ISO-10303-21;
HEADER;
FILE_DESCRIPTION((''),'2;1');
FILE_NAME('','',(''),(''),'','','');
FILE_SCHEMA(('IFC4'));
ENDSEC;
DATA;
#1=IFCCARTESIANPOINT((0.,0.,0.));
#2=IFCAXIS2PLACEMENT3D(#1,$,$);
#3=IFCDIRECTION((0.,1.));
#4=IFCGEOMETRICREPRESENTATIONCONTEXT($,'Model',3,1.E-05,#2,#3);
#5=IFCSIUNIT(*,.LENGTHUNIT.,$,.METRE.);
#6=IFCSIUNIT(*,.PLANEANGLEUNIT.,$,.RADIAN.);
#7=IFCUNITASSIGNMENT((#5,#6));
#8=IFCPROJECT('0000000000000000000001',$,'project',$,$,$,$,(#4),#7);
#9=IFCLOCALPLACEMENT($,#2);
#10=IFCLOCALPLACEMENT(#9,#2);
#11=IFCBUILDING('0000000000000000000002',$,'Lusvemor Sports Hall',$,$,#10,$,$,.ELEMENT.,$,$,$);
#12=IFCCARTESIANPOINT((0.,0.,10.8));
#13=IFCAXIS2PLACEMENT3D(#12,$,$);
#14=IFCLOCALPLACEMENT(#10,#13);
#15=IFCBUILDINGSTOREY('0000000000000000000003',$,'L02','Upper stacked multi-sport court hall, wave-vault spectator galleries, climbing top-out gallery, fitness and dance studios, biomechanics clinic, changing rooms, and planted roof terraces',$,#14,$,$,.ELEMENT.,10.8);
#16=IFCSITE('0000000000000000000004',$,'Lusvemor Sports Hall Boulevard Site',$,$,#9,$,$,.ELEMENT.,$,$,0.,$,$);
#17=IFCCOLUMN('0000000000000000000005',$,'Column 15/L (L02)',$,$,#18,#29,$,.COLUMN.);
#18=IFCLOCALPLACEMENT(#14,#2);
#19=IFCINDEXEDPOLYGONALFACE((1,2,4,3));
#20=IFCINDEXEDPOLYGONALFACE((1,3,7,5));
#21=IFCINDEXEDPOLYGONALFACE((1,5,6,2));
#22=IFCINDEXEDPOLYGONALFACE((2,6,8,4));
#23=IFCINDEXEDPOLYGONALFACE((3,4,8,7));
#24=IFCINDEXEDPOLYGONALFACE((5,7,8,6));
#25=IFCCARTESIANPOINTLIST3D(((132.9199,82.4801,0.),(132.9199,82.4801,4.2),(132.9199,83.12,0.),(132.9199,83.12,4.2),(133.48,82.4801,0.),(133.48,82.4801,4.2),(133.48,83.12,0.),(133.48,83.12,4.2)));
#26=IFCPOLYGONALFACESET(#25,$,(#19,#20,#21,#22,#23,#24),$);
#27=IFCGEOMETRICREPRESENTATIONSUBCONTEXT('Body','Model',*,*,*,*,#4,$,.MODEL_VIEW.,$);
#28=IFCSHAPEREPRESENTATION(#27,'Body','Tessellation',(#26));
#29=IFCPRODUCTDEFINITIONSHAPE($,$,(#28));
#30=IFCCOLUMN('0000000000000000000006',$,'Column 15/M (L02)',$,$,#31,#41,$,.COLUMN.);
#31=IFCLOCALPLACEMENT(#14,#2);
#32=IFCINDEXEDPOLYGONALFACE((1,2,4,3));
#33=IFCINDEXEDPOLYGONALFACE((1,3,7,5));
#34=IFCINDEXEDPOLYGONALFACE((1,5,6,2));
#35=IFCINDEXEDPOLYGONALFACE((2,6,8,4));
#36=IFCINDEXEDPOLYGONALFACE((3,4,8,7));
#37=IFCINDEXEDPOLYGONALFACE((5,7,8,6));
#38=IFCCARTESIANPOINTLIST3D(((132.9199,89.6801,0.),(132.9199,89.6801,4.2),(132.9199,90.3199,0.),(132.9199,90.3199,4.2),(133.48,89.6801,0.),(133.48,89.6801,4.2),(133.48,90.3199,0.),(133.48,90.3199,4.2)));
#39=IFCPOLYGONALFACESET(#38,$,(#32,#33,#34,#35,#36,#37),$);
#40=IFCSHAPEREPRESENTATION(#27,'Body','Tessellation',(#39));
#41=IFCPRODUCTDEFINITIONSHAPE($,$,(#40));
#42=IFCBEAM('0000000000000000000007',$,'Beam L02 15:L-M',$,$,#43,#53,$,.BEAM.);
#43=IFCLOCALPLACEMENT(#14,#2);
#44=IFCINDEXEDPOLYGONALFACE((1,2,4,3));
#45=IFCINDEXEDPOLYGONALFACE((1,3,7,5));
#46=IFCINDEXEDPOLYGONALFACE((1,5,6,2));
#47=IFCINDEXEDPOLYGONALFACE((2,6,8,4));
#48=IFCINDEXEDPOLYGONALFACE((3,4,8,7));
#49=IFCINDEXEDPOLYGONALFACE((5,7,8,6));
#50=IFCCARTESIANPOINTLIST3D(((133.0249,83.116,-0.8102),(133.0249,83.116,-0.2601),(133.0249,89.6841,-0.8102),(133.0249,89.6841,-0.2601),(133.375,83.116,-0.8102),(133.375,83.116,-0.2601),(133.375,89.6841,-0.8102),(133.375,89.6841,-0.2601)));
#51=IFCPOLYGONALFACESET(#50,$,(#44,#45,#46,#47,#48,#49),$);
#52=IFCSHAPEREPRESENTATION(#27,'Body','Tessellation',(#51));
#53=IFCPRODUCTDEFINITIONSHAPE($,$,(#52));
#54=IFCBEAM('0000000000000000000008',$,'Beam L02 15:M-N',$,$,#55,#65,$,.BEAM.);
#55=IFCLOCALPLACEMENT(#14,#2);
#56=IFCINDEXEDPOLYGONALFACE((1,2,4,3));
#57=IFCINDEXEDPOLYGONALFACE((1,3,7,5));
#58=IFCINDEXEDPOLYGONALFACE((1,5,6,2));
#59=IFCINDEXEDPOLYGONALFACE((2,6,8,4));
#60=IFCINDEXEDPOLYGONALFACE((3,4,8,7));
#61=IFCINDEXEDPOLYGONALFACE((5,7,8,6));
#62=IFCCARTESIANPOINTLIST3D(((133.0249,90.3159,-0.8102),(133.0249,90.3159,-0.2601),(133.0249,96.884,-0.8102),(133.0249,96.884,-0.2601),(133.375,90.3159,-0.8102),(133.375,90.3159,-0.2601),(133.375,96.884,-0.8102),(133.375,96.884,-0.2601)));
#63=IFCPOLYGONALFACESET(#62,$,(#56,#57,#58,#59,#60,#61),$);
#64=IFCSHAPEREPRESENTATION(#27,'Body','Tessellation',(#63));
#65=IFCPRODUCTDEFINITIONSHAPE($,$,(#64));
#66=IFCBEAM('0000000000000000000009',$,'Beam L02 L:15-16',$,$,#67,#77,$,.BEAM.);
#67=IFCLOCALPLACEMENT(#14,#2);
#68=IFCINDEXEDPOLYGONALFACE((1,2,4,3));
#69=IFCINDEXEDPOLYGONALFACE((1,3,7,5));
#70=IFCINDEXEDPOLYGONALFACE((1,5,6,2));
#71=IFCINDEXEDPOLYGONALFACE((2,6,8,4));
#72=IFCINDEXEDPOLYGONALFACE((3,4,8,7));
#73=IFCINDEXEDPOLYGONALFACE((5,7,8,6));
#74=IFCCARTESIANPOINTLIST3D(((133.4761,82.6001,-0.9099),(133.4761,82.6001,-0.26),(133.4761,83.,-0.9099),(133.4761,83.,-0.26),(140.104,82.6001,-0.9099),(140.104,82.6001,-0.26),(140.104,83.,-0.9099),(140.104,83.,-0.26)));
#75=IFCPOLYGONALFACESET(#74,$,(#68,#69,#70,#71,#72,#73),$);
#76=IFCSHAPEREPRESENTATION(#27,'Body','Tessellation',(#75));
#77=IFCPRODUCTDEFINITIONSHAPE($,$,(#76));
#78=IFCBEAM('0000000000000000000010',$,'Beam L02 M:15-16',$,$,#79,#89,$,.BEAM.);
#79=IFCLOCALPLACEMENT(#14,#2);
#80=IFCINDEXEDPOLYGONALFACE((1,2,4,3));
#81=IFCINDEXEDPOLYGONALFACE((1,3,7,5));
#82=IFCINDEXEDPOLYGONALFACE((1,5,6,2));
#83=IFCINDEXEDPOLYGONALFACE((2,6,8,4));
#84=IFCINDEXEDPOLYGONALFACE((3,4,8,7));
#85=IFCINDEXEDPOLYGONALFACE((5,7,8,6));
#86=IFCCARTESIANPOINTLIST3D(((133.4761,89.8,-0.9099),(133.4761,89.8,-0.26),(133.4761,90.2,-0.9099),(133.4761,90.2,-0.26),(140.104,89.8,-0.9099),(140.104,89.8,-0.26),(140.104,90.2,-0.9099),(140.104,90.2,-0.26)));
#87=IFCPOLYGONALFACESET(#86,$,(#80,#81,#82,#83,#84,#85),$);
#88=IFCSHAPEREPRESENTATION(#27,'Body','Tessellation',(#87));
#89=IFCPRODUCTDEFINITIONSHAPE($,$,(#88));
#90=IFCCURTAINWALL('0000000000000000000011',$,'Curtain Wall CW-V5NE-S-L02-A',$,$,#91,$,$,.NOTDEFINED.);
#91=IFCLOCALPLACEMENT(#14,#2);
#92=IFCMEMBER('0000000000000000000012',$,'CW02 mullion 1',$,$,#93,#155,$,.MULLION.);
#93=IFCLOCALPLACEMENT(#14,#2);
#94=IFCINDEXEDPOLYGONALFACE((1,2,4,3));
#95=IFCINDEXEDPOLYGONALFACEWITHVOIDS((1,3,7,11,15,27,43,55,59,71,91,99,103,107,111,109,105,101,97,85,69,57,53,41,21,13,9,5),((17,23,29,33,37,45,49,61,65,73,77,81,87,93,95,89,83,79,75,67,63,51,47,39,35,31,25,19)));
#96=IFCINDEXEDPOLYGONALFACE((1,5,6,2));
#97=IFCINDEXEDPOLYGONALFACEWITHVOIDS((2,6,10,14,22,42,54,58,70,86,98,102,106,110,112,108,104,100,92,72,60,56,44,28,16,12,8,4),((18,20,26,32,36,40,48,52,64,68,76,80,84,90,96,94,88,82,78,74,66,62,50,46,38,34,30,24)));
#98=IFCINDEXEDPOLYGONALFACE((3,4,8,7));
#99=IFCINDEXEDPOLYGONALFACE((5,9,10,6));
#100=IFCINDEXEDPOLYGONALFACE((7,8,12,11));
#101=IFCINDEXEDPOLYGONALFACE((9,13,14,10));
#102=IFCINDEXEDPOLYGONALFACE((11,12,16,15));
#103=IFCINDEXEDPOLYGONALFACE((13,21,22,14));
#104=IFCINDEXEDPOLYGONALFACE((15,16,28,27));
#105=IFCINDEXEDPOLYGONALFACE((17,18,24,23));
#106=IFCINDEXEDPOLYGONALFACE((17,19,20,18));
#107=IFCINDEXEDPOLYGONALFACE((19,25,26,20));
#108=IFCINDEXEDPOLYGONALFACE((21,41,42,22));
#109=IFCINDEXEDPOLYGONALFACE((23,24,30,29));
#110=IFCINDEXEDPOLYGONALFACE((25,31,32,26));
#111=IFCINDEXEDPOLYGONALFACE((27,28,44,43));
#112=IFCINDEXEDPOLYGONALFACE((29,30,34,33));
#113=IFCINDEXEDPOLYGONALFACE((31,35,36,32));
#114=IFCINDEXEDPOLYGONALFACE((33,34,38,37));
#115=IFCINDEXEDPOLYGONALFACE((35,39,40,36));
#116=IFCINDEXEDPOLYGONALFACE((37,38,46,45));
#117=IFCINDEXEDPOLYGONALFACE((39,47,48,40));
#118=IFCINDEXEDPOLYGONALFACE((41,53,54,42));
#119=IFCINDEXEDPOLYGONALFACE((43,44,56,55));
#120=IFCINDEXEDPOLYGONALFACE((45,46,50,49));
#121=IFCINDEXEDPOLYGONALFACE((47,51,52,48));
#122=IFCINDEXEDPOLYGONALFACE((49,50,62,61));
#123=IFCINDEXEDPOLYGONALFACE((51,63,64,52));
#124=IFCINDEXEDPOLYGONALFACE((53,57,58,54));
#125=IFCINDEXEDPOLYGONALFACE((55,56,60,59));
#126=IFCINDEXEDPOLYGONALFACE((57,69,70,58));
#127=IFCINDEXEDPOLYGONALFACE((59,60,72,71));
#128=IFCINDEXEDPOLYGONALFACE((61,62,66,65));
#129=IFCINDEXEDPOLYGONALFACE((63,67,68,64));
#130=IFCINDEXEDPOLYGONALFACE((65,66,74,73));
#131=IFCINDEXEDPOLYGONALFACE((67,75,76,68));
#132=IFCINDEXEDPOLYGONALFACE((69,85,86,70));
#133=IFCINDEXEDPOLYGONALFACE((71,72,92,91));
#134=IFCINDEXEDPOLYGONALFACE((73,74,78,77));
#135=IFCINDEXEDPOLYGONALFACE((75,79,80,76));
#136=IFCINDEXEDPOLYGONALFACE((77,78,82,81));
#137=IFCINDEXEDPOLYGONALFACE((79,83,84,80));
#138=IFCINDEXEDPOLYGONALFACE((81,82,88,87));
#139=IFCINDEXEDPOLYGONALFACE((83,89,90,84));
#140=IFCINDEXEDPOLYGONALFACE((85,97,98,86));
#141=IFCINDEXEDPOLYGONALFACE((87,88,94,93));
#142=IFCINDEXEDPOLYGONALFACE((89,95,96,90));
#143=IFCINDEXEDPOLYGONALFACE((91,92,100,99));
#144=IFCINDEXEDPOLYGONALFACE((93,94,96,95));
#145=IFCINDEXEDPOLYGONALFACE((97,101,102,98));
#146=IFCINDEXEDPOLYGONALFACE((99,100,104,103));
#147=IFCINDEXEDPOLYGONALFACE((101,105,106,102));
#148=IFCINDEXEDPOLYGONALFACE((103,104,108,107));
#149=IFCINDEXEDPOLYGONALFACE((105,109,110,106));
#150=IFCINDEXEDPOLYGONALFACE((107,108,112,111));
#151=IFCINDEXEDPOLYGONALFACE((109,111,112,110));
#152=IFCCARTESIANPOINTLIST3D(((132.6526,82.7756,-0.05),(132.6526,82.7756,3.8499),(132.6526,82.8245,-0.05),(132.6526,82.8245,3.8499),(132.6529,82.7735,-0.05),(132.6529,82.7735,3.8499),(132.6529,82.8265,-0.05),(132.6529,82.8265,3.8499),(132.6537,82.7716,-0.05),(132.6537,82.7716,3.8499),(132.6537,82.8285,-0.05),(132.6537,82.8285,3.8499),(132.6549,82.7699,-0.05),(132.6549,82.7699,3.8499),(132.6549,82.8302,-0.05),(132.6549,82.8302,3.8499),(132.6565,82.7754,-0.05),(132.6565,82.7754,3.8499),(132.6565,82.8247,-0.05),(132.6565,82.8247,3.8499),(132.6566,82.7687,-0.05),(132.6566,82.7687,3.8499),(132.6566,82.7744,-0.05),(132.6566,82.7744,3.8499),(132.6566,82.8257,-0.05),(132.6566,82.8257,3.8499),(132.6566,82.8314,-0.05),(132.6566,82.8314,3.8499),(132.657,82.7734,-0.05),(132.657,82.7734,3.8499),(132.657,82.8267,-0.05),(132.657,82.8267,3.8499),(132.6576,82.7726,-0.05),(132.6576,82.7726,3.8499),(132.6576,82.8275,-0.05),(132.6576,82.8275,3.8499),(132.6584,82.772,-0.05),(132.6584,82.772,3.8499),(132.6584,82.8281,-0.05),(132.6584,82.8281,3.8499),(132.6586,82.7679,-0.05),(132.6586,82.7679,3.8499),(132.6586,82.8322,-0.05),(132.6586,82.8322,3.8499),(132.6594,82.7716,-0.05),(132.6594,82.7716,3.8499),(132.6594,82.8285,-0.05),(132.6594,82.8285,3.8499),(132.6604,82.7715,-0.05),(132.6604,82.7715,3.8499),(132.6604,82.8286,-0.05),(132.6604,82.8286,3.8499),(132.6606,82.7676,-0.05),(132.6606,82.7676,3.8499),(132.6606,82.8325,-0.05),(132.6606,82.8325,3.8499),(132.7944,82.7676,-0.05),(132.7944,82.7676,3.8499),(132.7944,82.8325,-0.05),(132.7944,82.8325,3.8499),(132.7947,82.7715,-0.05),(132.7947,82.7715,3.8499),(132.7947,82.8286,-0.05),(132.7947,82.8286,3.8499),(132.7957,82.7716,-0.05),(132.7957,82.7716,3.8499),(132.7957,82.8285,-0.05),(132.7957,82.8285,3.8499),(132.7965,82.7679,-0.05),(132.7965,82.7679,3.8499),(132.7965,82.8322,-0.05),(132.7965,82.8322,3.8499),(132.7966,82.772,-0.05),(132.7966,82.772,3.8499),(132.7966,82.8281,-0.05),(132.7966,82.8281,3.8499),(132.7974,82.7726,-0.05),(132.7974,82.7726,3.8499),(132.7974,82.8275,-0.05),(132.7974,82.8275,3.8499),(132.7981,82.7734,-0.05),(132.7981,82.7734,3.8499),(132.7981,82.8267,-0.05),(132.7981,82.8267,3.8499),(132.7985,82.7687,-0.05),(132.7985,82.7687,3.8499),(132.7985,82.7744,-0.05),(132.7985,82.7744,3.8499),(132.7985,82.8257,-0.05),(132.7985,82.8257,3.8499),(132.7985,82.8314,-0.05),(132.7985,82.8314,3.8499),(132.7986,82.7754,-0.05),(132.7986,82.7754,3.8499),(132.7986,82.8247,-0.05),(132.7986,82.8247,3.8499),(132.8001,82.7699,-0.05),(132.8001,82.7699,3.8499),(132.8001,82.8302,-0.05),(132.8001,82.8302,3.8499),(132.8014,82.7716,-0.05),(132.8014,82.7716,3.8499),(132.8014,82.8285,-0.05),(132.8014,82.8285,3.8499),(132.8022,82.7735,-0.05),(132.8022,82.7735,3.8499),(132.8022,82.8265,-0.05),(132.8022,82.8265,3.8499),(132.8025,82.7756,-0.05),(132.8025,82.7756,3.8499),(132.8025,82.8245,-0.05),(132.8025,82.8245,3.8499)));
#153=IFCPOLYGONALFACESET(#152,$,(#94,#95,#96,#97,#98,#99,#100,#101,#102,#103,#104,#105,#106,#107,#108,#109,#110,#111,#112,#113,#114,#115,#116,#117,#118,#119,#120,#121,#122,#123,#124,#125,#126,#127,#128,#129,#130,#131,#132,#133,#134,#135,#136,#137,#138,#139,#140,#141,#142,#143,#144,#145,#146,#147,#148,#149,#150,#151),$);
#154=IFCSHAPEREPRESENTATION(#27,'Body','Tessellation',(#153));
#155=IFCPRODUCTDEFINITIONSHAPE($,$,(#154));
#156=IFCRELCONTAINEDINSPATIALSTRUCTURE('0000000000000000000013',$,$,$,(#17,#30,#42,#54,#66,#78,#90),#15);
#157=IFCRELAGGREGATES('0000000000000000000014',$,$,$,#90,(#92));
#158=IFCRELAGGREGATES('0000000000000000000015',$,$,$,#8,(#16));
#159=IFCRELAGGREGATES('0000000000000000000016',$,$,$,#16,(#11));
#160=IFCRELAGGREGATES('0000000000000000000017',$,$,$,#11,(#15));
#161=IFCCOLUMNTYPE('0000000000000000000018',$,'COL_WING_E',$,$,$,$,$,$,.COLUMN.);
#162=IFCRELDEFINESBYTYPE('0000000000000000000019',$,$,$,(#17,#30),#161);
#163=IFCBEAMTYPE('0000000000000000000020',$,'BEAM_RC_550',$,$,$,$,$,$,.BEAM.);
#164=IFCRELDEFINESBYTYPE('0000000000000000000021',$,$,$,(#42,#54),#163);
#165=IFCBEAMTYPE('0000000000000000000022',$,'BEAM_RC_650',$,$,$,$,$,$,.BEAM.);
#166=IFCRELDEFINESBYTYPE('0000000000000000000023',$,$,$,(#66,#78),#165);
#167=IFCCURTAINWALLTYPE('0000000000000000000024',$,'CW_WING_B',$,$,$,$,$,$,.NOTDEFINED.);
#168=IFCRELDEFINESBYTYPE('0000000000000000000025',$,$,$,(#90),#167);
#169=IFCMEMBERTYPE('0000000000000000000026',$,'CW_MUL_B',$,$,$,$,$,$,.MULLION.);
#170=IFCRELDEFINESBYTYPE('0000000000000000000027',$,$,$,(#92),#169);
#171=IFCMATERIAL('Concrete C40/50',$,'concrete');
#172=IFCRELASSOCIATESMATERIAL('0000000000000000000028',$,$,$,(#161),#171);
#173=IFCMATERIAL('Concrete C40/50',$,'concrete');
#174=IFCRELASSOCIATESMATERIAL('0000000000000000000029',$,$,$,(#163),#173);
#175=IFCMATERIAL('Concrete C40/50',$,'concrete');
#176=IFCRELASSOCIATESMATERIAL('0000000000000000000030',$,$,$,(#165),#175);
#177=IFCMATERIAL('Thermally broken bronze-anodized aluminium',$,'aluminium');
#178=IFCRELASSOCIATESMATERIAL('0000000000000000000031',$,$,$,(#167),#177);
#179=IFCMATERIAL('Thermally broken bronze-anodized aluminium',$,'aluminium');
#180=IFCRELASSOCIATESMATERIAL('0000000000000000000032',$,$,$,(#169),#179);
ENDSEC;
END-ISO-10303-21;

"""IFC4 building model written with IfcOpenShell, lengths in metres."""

from ifc_helpers import new_model, si_unit, direction, frame, origin, origin_2d, place, context, subcontext, project, spatial, rectangle, hollow_rectangle, extrude, material, material_profile, profile_set, type_object, element, aggregate, save


model = new_model("IFC4")

# Units and contexts
model_context = context("Model", 3, precision=1e-05, world=origin(), true_north=direction((0.0, 1.0)))
body_context = subcontext(model_context, "Body", "Model", "MODEL_VIEW")
ifc_project = project(units=[si_unit("LENGTHUNIT", "METRE"), si_unit("PLANEANGLEUNIT", "RADIAN")], contexts=[model_context])

# Site, building, storey
site_placement = place(None, origin())
site = spatial("IfcSite", under=ifc_project, at=site_placement, Name="Lusvemor Sports Hall Boulevard Site", CompositionType="ELEMENT", RefElevation=0.0)
building_placement = place(site_placement, origin())
building = spatial("IfcBuilding", under=site, at=building_placement, Name="Lusvemor Sports Hall", CompositionType="ELEMENT")
storey_placement = place(building_placement, frame((0.0, 0.0, 10.8)))
storey = spatial("IfcBuildingStorey", under=building, at=storey_placement, Name="L02", Description="Upper stacked multi-sport court hall, wave-vault spectator galleries, climbing top-out gallery, fitness and dance studios, biomechanics clinic, changing rooms, and planted roof terraces", CompositionType="ELEMENT", Elevation=10.8)

# Columns
ifc_material_1 = material(Name="Concrete C40/50", Category="concrete")
ifc_material_profile_1 = material_profile(ifc_material_1, rectangle(XDim=0.5601, YDim=0.6399, at=origin_2d()), Name="RC560x640")
ifc_profile_set_1 = profile_set([ifc_material_profile_1], Name="Concrete C40/50")
column_type = type_object("IfcColumnType", Name="COL_WING_E", PredefinedType="COLUMN", material=ifc_profile_set_1)
for number, where, z_axis, x_axis, name in (
    (1, (133.2, 82.8, 0.0), (0.0, 0.0, 1.0), (1.0, 0.0, 0.0), "Column 15/L (L02)"),
    (2, (133.2, 90.0, 0.0), (0.0, 0.0, 1.0), (1.0, 0.0, 0.0), "Column 15/M (L02)"),
):
    element("IfcColumn", number, at=place(storey_placement, frame(where, z_axis=z_axis, x_axis=x_axis)), inside=storey, type_object=column_type, Name=name, PredefinedType="COLUMN", context=body_context, shape_type="SweptSolid", body=[
        extrude(rectangle(XDim=0.5601, YDim=0.6399, at=origin_2d()), origin(), (0.0, 0.0, 1.0), 4.2),
    ])

# Beams
ifc_material_2 = material(Name="Concrete C40/50", Category="concrete")
ifc_material_profile_2 = material_profile(ifc_material_2, rectangle(XDim=0.3501, YDim=0.55, at=origin_2d()), Name="RC350x550")
ifc_profile_set_2 = profile_set([ifc_material_profile_2], Name="Concrete C40/50")
beam_type_1 = type_object("IfcBeamType", Name="BEAM_RC_550", PredefinedType="BEAM", material=ifc_profile_set_2)
for number, where, z_axis, x_axis, name in (
    (3, (133.2, 83.116, -0.5352), (0.0, 1.0, 0.0), (-1.0, 0.0, 0.0), "Beam L02 15:L-M"),
    (4, (133.2, 90.3159, -0.5352), (0.0, 1.0, 0.0), (-1.0, 0.0, 0.0), "Beam L02 15:M-N"),
):
    element("IfcBeam", number, at=place(storey_placement, frame(where, z_axis=z_axis, x_axis=x_axis)), inside=storey, type_object=beam_type_1, Name=name, PredefinedType="BEAM", context=body_context, shape_type="SweptSolid", body=[
        extrude(rectangle(XDim=0.3501, YDim=0.55, at=origin_2d()), origin(), (0.0, 0.0, 1.0), 6.5681),
    ])
ifc_material_3 = material(Name="Concrete C40/50", Category="concrete")
ifc_material_profile_3 = material_profile(ifc_material_3, rectangle(XDim=0.3999, YDim=0.6499, at=origin_2d()), Name="RC400x650")
ifc_profile_set_3 = profile_set([ifc_material_profile_3], Name="Concrete C40/50")
beam_type_2 = type_object("IfcBeamType", Name="BEAM_RC_650", PredefinedType="BEAM", material=ifc_profile_set_3)
for number, where, z_axis, x_axis, name in (
    (5, (133.4761, 82.8, -0.585), (1.0, 0.0, 0.0), (0.0, 1.0, 0.0), "Beam L02 L:15-16"),
    (6, (133.4761, 90.0, -0.585), (1.0, 0.0, 0.0), (0.0, 1.0, 0.0), "Beam L02 M:15-16"),
):
    element("IfcBeam", number, at=place(storey_placement, frame(where, z_axis=z_axis, x_axis=x_axis)), inside=storey, type_object=beam_type_2, Name=name, PredefinedType="BEAM", context=body_context, shape_type="SweptSolid", body=[
        extrude(rectangle(XDim=0.3999, YDim=0.6499, at=origin_2d()), origin(), (0.0, 0.0, 1.0), 6.6279),
    ])

# Curtain wall, member
ifc_material_4 = material(Name="Thermally broken bronze-anodized aluminium", Category="aluminium")
curtain_wall_type = type_object("IfcCurtainWallType", Name="CW_WING_B", PredefinedType="NOTDEFINED", material=ifc_material_4)
curtain_wall_placement = place(storey_placement, origin())
curtain_wall = element("IfcCurtainWall", 7, at=curtain_wall_placement, inside=storey, type_object=curtain_wall_type, Name="Curtain Wall CW-V5NE-S-L02-A", PredefinedType="NOTDEFINED")
ifc_material_5 = material(Name="Thermally broken bronze-anodized aluminium", Category="aluminium")
ifc_material_profile_4 = material_profile(ifc_material_5, hollow_rectangle(XDim=0.0649, YDim=0.1499, WallThickness=0.0039, InnerFilletRadius=0.0039, OuterFilletRadius=0.0081, at=origin_2d()), Name="CWMUL150x65x4")
ifc_profile_set_4 = profile_set([ifc_material_profile_4], Name="Thermally broken bronze-anodized aluminium")
member_type_1 = type_object("IfcMemberType", Name="CW_MUL_B", PredefinedType="MULLION", material=ifc_profile_set_4)
member_1_placement = place(storey_placement, frame((132.7275, 82.8, -0.05), z_axis=(0.0, 0.0, 1.0), x_axis=(0.0, -1.0, 0.0)))
member_1 = element("IfcMember", 8, at=member_1_placement, type_object=member_type_1, Name="CW02 mullion 1", PredefinedType="MULLION", context=body_context, shape_type="SweptSolid", body=[
    extrude(hollow_rectangle(XDim=0.0649, YDim=0.1499, WallThickness=0.0039, InnerFilletRadius=0.0039, OuterFilletRadius=0.0081, at=origin_2d()), origin(), (0.0, 0.0, 1.0), 3.8999),
])

aggregate(curtain_wall, [member_1])

save(model, "model.ifc")
